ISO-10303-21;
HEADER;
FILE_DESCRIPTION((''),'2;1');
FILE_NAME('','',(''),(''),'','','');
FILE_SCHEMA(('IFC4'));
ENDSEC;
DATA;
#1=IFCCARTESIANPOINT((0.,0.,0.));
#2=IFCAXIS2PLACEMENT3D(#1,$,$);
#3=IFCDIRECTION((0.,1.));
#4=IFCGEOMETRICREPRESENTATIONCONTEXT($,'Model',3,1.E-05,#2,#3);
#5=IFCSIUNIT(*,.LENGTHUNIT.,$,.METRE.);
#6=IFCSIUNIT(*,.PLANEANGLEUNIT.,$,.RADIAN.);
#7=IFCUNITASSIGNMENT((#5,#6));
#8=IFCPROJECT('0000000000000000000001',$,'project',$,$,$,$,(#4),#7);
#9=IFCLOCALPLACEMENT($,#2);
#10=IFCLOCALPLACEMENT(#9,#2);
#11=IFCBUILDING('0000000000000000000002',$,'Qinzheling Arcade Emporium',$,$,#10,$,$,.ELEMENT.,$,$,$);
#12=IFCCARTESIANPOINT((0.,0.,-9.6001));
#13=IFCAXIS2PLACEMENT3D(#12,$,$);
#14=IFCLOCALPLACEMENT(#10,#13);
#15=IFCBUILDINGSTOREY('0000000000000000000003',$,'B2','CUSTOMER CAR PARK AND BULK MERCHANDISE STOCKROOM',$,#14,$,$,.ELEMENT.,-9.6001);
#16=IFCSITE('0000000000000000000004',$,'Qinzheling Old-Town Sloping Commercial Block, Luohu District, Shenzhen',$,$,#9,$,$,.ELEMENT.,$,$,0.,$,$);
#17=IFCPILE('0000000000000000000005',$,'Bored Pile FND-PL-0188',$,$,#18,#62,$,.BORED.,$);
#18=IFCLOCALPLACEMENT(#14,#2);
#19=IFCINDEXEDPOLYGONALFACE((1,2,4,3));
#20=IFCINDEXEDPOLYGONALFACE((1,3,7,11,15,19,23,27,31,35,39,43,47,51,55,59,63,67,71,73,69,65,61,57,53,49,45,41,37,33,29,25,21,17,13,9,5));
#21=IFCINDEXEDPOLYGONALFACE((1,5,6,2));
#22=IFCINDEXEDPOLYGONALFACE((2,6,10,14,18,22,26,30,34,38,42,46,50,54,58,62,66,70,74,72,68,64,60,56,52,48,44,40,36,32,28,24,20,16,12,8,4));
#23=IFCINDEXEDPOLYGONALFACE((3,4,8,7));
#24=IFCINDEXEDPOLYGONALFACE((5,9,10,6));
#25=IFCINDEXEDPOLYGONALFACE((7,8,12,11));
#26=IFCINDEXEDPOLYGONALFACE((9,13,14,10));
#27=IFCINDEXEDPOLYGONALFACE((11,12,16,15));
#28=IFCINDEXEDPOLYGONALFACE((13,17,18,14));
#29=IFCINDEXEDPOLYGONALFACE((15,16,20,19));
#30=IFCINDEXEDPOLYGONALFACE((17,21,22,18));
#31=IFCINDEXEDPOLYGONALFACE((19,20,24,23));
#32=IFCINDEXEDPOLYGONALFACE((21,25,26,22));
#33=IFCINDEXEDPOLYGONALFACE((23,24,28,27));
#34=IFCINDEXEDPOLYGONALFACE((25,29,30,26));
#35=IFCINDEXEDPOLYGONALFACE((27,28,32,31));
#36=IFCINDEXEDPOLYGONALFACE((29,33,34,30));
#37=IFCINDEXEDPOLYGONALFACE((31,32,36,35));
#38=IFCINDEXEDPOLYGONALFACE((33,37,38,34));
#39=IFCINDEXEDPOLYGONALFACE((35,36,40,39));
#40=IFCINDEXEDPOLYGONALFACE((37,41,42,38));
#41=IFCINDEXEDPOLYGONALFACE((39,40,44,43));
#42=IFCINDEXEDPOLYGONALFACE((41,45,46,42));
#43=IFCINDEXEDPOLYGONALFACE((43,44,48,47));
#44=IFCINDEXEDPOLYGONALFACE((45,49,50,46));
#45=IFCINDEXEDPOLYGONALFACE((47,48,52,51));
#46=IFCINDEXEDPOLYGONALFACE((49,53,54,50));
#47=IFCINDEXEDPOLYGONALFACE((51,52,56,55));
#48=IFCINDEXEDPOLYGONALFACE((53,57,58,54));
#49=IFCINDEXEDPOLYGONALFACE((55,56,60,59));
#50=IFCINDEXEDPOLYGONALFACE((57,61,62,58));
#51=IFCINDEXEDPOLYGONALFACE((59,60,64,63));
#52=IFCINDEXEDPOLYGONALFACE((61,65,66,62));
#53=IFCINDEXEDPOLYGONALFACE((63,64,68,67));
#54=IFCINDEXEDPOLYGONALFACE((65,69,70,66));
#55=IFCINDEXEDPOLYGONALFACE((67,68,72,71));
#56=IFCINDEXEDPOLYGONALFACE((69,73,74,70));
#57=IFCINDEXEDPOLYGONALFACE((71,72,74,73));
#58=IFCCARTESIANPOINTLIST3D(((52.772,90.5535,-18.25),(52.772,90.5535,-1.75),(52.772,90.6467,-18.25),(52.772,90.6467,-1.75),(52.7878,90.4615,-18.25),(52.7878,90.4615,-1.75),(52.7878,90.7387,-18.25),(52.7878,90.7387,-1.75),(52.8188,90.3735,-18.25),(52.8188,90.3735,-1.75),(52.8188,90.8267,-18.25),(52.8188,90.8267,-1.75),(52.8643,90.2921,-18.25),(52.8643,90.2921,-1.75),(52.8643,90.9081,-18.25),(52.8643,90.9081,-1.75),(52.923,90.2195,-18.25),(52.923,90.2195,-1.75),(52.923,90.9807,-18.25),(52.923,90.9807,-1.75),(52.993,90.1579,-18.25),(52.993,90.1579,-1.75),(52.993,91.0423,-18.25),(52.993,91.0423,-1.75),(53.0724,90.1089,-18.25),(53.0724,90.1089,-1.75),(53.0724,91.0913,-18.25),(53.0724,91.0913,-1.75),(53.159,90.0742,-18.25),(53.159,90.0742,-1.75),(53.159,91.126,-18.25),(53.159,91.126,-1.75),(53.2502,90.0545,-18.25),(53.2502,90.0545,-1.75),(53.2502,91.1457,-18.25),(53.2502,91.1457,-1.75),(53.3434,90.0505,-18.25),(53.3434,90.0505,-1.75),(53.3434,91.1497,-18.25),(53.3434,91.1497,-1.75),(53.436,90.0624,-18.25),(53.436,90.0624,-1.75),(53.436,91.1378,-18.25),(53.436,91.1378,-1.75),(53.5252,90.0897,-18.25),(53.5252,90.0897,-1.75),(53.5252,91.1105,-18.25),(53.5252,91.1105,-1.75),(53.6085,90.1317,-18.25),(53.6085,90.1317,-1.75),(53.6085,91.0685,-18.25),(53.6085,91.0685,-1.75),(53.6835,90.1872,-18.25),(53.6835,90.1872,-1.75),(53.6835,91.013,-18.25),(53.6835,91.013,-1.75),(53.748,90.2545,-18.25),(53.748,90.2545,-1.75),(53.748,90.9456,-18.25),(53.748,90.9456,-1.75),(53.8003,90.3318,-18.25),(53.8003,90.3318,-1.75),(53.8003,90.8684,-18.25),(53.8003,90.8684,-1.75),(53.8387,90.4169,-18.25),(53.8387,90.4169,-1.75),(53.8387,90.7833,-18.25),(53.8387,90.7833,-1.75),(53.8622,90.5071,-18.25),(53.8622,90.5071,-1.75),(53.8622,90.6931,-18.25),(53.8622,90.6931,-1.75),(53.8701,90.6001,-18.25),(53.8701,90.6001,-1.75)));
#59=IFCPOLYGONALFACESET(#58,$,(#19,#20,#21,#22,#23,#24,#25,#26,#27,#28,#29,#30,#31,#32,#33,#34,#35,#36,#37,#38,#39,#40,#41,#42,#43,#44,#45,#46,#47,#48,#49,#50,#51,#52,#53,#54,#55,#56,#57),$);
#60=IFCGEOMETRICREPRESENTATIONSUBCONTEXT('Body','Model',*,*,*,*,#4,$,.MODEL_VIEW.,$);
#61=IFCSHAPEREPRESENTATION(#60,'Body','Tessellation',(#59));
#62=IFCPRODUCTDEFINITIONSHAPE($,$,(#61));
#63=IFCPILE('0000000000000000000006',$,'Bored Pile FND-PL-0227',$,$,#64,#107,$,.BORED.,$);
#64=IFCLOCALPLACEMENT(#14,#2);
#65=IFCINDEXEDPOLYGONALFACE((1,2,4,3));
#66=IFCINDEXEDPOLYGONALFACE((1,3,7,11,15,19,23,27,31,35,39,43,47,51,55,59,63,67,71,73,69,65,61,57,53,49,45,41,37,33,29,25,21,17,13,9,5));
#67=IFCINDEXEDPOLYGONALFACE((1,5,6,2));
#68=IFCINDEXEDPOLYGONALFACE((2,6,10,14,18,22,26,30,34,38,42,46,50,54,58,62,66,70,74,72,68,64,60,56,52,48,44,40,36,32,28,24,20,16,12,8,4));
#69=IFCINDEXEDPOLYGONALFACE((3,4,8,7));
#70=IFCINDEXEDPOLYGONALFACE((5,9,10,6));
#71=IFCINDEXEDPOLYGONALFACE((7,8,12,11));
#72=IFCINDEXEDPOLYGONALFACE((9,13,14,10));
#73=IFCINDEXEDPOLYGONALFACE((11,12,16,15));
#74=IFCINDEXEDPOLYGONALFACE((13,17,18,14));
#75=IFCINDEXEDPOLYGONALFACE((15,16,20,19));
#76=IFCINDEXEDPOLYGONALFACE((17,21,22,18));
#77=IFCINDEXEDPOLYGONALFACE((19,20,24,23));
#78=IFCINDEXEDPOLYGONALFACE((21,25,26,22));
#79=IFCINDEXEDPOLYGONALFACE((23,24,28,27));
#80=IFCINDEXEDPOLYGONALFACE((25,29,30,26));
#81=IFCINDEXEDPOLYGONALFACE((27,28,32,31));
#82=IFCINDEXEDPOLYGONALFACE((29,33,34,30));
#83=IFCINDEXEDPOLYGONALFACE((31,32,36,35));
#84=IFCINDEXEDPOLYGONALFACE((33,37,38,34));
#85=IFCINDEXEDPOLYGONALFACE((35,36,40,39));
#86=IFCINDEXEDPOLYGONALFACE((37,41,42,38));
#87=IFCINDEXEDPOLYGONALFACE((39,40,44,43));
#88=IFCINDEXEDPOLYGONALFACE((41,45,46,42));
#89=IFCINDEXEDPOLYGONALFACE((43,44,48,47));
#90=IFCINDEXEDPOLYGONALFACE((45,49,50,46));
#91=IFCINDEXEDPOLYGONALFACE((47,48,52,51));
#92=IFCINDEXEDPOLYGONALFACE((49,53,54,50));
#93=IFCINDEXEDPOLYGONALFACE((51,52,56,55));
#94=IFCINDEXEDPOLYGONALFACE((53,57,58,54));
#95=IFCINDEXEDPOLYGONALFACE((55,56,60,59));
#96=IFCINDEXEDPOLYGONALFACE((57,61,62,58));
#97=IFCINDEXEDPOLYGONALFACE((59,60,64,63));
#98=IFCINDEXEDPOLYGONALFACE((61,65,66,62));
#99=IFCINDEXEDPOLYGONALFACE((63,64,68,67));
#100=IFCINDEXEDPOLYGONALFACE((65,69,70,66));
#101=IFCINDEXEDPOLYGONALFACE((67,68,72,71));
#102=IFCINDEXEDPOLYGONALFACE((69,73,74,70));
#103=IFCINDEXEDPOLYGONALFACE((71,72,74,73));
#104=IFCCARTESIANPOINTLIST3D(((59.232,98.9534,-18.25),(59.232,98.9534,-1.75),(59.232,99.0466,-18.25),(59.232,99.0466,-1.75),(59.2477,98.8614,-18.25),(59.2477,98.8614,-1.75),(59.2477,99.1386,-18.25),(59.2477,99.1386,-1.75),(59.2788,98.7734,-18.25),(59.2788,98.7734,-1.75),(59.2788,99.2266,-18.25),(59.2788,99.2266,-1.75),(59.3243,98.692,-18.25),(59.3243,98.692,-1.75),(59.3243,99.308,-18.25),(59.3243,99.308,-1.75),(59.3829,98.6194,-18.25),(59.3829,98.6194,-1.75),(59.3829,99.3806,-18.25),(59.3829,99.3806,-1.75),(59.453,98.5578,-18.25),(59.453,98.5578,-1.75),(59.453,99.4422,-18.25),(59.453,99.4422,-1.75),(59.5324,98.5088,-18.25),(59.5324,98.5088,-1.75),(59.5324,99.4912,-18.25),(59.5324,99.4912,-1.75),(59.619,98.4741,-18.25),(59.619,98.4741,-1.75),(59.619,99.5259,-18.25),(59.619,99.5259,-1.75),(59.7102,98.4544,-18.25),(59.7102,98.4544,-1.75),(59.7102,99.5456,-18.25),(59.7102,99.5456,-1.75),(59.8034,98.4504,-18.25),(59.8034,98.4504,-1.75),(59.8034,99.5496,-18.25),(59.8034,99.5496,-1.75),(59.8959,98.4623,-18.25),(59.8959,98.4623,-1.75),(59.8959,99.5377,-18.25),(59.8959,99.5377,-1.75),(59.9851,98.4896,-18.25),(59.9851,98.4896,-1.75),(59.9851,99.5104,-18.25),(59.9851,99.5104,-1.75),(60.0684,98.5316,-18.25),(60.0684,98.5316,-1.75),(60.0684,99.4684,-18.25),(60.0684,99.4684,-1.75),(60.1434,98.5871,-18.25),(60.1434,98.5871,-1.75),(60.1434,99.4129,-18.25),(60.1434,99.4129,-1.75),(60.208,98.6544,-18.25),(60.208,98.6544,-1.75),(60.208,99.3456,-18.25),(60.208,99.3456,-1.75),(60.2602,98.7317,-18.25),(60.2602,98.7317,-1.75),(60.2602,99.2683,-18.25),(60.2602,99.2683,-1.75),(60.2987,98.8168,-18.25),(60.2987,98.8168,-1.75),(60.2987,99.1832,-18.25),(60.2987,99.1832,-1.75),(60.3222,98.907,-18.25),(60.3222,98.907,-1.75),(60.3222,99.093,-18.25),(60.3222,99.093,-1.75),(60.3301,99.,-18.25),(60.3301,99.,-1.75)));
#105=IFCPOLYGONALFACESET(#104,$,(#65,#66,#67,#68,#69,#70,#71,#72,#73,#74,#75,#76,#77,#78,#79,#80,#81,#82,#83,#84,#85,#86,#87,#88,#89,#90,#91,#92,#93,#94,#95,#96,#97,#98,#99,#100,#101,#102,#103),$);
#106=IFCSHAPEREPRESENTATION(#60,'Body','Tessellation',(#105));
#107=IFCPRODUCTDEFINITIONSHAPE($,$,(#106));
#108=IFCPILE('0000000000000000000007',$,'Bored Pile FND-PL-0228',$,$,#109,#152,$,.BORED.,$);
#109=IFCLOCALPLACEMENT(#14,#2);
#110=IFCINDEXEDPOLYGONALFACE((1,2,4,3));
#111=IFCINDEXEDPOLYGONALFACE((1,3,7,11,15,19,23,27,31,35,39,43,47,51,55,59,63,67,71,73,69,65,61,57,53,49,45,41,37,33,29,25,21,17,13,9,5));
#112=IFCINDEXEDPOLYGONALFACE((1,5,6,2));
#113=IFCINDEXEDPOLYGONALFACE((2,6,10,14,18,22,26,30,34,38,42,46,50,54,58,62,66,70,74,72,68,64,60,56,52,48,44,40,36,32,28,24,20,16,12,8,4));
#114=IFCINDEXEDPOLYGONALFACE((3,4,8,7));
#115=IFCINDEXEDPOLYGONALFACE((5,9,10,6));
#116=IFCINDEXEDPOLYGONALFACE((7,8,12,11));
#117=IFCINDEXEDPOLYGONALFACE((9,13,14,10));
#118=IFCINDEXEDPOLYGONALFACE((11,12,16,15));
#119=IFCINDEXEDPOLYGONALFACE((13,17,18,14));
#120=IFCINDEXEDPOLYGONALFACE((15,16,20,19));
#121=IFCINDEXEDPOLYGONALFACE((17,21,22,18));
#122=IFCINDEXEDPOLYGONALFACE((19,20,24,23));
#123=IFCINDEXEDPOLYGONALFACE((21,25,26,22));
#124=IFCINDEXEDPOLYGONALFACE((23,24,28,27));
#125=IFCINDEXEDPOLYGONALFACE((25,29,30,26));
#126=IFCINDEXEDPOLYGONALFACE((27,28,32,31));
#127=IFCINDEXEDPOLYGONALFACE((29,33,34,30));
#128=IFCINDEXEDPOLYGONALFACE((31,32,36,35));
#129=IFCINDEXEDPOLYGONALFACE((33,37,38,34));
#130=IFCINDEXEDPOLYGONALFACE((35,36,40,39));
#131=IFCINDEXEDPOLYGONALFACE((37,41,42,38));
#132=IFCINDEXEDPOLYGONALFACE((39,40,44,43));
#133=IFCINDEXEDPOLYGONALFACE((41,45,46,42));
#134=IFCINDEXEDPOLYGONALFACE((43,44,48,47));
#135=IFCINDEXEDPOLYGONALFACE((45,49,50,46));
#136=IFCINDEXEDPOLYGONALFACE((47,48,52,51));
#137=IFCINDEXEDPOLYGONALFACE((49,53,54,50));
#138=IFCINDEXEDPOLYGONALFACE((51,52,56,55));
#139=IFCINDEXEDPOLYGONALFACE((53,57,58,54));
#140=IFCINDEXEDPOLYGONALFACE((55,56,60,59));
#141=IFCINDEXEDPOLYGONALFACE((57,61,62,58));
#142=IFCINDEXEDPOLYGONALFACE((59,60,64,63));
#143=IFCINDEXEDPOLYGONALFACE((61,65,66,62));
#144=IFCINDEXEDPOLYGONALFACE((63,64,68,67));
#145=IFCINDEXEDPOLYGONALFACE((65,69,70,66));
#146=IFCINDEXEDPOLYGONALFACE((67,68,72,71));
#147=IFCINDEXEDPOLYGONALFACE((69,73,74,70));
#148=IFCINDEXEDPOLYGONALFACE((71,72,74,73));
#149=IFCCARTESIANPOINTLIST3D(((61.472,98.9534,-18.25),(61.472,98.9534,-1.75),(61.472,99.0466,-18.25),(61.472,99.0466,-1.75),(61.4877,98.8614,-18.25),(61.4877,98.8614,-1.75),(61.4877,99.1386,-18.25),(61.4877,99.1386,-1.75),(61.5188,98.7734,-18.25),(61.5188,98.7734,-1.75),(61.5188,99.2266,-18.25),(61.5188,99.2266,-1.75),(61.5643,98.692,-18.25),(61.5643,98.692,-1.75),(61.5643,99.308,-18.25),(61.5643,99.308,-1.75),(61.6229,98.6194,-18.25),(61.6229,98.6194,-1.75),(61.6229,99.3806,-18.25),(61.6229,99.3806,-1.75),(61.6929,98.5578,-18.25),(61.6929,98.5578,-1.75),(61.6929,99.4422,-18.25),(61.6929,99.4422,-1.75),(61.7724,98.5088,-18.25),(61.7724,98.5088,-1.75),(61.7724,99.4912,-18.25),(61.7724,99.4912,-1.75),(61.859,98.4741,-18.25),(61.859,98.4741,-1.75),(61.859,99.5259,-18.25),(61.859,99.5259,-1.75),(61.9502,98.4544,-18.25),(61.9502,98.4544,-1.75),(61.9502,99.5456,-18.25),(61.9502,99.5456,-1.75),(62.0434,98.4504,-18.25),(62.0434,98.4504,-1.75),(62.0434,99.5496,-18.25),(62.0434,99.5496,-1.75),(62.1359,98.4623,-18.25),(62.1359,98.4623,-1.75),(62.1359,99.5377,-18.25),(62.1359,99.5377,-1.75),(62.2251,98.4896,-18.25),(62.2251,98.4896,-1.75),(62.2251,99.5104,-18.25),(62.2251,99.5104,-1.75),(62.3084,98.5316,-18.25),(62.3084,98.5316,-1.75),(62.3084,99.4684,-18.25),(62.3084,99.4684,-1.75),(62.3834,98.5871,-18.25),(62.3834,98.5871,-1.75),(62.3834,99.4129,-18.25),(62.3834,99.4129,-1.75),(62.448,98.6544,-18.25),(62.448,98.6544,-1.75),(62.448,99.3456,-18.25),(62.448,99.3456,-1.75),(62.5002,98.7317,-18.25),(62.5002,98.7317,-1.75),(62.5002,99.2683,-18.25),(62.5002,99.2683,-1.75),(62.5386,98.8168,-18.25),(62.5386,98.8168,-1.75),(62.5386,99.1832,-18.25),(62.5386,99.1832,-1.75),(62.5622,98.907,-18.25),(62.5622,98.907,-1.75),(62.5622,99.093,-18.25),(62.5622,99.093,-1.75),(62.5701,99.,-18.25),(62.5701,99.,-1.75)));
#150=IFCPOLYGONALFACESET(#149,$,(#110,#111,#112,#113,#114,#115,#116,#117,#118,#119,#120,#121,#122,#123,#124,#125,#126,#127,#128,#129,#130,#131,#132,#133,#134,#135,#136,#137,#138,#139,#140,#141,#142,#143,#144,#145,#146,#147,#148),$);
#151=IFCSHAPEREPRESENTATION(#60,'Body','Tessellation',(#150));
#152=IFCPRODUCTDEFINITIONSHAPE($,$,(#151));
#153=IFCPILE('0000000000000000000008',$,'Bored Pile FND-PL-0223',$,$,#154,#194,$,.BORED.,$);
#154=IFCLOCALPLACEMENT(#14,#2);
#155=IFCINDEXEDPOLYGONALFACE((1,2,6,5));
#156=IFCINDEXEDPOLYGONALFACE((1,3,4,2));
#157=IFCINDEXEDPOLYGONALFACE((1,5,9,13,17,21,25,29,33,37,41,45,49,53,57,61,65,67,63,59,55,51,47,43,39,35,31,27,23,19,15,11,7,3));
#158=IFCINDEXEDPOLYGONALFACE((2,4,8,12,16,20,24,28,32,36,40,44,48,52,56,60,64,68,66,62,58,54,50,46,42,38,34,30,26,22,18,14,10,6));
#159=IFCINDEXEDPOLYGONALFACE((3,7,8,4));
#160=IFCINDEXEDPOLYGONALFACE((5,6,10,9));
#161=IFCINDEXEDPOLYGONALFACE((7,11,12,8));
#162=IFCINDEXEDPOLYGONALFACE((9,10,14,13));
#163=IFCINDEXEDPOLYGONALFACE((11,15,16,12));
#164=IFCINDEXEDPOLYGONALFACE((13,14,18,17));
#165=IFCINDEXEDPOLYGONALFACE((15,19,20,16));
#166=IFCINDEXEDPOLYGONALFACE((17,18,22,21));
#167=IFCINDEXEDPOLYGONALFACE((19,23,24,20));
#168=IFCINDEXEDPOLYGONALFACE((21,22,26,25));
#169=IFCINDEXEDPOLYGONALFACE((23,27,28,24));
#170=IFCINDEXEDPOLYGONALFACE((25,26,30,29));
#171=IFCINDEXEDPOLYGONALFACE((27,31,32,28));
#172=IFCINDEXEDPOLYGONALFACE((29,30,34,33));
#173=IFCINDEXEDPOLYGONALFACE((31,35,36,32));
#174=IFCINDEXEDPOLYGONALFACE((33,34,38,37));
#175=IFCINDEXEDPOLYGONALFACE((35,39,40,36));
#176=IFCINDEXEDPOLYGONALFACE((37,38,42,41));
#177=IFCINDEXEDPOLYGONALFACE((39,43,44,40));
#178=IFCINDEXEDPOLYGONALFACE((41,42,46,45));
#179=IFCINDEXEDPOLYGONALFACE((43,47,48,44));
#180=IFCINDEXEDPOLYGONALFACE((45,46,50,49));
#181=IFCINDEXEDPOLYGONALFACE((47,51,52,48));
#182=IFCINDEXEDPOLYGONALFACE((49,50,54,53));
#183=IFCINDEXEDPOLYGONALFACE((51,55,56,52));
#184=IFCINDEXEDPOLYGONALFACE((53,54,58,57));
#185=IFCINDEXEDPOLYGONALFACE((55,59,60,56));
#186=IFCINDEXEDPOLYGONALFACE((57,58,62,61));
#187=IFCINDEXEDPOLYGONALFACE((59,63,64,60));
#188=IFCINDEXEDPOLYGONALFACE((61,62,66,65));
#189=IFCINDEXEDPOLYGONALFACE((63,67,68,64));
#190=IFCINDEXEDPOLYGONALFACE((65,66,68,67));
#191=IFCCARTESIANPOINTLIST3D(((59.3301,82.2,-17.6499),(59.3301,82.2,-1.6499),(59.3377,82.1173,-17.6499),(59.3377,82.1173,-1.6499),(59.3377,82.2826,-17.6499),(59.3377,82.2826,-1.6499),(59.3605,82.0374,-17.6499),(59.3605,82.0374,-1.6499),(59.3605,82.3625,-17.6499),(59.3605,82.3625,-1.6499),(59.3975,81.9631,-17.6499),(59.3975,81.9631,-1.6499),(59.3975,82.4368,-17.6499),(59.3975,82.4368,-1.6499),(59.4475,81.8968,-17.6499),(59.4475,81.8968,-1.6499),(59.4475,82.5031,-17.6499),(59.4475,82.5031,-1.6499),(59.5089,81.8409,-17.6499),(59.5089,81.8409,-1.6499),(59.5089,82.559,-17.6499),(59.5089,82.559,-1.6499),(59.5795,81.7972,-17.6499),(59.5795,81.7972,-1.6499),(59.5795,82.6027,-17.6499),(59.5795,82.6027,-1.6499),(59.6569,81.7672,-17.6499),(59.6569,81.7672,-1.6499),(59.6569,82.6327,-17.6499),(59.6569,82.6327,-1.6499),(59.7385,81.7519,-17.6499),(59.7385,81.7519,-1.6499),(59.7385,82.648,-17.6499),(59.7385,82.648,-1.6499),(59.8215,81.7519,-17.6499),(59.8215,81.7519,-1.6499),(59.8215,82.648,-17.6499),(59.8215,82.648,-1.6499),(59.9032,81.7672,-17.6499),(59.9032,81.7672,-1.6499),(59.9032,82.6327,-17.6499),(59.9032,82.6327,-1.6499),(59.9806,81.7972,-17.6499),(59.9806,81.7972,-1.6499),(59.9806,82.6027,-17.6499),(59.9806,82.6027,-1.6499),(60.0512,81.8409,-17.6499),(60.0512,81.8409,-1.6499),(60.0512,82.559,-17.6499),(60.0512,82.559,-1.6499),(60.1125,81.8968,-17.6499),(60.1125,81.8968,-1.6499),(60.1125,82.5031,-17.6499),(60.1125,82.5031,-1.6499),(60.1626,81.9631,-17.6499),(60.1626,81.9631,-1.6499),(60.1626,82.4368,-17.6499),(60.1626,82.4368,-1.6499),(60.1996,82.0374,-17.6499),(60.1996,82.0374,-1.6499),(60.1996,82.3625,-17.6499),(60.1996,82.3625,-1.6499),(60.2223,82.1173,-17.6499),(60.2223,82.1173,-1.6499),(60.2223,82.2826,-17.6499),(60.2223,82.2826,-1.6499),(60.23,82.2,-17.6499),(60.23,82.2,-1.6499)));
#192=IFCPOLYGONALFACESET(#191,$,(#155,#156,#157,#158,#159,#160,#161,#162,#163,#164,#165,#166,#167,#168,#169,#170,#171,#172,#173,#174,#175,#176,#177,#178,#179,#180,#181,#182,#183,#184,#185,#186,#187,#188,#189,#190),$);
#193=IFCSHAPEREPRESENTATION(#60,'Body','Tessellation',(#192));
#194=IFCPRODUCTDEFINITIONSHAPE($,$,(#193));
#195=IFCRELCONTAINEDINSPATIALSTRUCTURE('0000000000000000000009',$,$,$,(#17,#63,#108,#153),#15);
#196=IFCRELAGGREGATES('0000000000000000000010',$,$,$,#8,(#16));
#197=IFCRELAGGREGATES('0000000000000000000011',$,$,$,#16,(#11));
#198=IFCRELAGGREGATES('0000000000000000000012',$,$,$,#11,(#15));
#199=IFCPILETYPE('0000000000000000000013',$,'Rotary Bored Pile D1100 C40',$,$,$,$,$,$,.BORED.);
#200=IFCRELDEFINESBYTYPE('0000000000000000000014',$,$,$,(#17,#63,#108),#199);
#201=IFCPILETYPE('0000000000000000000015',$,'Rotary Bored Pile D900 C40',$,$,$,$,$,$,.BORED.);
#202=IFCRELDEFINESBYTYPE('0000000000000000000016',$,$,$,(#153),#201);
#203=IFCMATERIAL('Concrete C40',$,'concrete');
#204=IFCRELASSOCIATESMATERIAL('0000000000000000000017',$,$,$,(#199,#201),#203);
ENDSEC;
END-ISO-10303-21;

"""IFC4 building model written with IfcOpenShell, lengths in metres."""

from ifc_helpers import new_model, si_unit, direction, frame, origin, origin_2d, place, context, subcontext, project, spatial, circle, extrude, material, material_profile, profile_set, type_object, element, save


model = new_model("IFC4")

# Units and contexts
model_context = context("Model", 3, precision=1e-05, world=origin(), true_north=direction((0.0, 1.0)))
body_context = subcontext(model_context, "Body", "Model", "MODEL_VIEW")
ifc_project = project(units=[si_unit("LENGTHUNIT", "METRE"), si_unit("PLANEANGLEUNIT", "RADIAN")], contexts=[model_context])

# Site, building, storey
site_placement = place(None, origin())
site = spatial("IfcSite", under=ifc_project, at=site_placement, Name="Qinzheling Old-Town Sloping Commercial Block, Luohu District, Shenzhen", CompositionType="ELEMENT", RefElevation=0.0)
building_placement = place(site_placement, origin())
building = spatial("IfcBuilding", under=site, at=building_placement, Name="Qinzheling Arcade Emporium", CompositionType="ELEMENT")
storey_placement = place(building_placement, frame((0.0, 0.0, -9.6001)))
storey = spatial("IfcBuildingStorey", under=building, at=storey_placement, Name="B2", Description="CUSTOMER CAR PARK AND BULK MERCHANDISE STOCKROOM", CompositionType="ELEMENT", Elevation=-9.6001)

# Shared definitions
ifc_material_1 = material(Name="Concrete C40", Category="concrete")

# Piles
ifc_material_profile_1 = material_profile(ifc_material_1, circle(Radius=0.55, at=origin_2d()), Name="BORED D1100", Category="concrete")
ifc_profile_set_1 = profile_set([ifc_material_profile_1], Name="Concrete C40")
pile_type_1 = type_object("IfcPileType", Name="Rotary Bored Pile D1100 C40", PredefinedType="BORED", material=ifc_profile_set_1)
for number, where, z_axis, x_axis, name in (
    (1, (53.3201, 90.6001, -1.75), (0.0, 0.0, -1.0), (1.0, 0.0, 0.0), "Bored Pile FND-PL-0188"),
    (2, (59.78, 99.0, -1.75), (0.0, 0.0, -1.0), (1.0, 0.0, 0.0), "Bored Pile FND-PL-0227"),
    (3, (62.02, 99.0, -1.75), (0.0, 0.0, -1.0), (1.0, 0.0, 0.0), "Bored Pile FND-PL-0228"),
):
    element("IfcPile", number, at=place(storey_placement, frame(where, z_axis=z_axis, x_axis=x_axis)), inside=storey, type_object=pile_type_1, Name=name, PredefinedType="BORED", context=body_context, shape_type="SweptSolid", body=[
        extrude(circle(Radius=0.55, at=origin_2d()), origin(), (0.0, 0.0, 1.0), 16.5),
    ])
ifc_material_profile_2 = material_profile(ifc_material_1, circle(Radius=0.45, at=origin_2d()), Name="BORED D900", Category="concrete")
ifc_profile_set_2 = profile_set([ifc_material_profile_2], Name="Concrete C40")
pile_type_2 = type_object("IfcPileType", Name="Rotary Bored Pile D900 C40", PredefinedType="BORED", material=ifc_profile_set_2)
for number, where, z_axis, x_axis, name in (
    (4, (59.78, 82.2, -1.6499), (0.0, 0.0, -1.0), (1.0, 0.0, 0.0), "Bored Pile FND-PL-0223"),
):
    element("IfcPile", number, at=place(storey_placement, frame(where, z_axis=z_axis, x_axis=x_axis)), inside=storey, type_object=pile_type_2, Name=name, PredefinedType="BORED", context=body_context, shape_type="SweptSolid", body=[
        extrude(circle(Radius=0.45, at=origin_2d()), origin(), (0.0, 0.0, 1.0), 16.0),
    ])

save(model, "model.ifc")
